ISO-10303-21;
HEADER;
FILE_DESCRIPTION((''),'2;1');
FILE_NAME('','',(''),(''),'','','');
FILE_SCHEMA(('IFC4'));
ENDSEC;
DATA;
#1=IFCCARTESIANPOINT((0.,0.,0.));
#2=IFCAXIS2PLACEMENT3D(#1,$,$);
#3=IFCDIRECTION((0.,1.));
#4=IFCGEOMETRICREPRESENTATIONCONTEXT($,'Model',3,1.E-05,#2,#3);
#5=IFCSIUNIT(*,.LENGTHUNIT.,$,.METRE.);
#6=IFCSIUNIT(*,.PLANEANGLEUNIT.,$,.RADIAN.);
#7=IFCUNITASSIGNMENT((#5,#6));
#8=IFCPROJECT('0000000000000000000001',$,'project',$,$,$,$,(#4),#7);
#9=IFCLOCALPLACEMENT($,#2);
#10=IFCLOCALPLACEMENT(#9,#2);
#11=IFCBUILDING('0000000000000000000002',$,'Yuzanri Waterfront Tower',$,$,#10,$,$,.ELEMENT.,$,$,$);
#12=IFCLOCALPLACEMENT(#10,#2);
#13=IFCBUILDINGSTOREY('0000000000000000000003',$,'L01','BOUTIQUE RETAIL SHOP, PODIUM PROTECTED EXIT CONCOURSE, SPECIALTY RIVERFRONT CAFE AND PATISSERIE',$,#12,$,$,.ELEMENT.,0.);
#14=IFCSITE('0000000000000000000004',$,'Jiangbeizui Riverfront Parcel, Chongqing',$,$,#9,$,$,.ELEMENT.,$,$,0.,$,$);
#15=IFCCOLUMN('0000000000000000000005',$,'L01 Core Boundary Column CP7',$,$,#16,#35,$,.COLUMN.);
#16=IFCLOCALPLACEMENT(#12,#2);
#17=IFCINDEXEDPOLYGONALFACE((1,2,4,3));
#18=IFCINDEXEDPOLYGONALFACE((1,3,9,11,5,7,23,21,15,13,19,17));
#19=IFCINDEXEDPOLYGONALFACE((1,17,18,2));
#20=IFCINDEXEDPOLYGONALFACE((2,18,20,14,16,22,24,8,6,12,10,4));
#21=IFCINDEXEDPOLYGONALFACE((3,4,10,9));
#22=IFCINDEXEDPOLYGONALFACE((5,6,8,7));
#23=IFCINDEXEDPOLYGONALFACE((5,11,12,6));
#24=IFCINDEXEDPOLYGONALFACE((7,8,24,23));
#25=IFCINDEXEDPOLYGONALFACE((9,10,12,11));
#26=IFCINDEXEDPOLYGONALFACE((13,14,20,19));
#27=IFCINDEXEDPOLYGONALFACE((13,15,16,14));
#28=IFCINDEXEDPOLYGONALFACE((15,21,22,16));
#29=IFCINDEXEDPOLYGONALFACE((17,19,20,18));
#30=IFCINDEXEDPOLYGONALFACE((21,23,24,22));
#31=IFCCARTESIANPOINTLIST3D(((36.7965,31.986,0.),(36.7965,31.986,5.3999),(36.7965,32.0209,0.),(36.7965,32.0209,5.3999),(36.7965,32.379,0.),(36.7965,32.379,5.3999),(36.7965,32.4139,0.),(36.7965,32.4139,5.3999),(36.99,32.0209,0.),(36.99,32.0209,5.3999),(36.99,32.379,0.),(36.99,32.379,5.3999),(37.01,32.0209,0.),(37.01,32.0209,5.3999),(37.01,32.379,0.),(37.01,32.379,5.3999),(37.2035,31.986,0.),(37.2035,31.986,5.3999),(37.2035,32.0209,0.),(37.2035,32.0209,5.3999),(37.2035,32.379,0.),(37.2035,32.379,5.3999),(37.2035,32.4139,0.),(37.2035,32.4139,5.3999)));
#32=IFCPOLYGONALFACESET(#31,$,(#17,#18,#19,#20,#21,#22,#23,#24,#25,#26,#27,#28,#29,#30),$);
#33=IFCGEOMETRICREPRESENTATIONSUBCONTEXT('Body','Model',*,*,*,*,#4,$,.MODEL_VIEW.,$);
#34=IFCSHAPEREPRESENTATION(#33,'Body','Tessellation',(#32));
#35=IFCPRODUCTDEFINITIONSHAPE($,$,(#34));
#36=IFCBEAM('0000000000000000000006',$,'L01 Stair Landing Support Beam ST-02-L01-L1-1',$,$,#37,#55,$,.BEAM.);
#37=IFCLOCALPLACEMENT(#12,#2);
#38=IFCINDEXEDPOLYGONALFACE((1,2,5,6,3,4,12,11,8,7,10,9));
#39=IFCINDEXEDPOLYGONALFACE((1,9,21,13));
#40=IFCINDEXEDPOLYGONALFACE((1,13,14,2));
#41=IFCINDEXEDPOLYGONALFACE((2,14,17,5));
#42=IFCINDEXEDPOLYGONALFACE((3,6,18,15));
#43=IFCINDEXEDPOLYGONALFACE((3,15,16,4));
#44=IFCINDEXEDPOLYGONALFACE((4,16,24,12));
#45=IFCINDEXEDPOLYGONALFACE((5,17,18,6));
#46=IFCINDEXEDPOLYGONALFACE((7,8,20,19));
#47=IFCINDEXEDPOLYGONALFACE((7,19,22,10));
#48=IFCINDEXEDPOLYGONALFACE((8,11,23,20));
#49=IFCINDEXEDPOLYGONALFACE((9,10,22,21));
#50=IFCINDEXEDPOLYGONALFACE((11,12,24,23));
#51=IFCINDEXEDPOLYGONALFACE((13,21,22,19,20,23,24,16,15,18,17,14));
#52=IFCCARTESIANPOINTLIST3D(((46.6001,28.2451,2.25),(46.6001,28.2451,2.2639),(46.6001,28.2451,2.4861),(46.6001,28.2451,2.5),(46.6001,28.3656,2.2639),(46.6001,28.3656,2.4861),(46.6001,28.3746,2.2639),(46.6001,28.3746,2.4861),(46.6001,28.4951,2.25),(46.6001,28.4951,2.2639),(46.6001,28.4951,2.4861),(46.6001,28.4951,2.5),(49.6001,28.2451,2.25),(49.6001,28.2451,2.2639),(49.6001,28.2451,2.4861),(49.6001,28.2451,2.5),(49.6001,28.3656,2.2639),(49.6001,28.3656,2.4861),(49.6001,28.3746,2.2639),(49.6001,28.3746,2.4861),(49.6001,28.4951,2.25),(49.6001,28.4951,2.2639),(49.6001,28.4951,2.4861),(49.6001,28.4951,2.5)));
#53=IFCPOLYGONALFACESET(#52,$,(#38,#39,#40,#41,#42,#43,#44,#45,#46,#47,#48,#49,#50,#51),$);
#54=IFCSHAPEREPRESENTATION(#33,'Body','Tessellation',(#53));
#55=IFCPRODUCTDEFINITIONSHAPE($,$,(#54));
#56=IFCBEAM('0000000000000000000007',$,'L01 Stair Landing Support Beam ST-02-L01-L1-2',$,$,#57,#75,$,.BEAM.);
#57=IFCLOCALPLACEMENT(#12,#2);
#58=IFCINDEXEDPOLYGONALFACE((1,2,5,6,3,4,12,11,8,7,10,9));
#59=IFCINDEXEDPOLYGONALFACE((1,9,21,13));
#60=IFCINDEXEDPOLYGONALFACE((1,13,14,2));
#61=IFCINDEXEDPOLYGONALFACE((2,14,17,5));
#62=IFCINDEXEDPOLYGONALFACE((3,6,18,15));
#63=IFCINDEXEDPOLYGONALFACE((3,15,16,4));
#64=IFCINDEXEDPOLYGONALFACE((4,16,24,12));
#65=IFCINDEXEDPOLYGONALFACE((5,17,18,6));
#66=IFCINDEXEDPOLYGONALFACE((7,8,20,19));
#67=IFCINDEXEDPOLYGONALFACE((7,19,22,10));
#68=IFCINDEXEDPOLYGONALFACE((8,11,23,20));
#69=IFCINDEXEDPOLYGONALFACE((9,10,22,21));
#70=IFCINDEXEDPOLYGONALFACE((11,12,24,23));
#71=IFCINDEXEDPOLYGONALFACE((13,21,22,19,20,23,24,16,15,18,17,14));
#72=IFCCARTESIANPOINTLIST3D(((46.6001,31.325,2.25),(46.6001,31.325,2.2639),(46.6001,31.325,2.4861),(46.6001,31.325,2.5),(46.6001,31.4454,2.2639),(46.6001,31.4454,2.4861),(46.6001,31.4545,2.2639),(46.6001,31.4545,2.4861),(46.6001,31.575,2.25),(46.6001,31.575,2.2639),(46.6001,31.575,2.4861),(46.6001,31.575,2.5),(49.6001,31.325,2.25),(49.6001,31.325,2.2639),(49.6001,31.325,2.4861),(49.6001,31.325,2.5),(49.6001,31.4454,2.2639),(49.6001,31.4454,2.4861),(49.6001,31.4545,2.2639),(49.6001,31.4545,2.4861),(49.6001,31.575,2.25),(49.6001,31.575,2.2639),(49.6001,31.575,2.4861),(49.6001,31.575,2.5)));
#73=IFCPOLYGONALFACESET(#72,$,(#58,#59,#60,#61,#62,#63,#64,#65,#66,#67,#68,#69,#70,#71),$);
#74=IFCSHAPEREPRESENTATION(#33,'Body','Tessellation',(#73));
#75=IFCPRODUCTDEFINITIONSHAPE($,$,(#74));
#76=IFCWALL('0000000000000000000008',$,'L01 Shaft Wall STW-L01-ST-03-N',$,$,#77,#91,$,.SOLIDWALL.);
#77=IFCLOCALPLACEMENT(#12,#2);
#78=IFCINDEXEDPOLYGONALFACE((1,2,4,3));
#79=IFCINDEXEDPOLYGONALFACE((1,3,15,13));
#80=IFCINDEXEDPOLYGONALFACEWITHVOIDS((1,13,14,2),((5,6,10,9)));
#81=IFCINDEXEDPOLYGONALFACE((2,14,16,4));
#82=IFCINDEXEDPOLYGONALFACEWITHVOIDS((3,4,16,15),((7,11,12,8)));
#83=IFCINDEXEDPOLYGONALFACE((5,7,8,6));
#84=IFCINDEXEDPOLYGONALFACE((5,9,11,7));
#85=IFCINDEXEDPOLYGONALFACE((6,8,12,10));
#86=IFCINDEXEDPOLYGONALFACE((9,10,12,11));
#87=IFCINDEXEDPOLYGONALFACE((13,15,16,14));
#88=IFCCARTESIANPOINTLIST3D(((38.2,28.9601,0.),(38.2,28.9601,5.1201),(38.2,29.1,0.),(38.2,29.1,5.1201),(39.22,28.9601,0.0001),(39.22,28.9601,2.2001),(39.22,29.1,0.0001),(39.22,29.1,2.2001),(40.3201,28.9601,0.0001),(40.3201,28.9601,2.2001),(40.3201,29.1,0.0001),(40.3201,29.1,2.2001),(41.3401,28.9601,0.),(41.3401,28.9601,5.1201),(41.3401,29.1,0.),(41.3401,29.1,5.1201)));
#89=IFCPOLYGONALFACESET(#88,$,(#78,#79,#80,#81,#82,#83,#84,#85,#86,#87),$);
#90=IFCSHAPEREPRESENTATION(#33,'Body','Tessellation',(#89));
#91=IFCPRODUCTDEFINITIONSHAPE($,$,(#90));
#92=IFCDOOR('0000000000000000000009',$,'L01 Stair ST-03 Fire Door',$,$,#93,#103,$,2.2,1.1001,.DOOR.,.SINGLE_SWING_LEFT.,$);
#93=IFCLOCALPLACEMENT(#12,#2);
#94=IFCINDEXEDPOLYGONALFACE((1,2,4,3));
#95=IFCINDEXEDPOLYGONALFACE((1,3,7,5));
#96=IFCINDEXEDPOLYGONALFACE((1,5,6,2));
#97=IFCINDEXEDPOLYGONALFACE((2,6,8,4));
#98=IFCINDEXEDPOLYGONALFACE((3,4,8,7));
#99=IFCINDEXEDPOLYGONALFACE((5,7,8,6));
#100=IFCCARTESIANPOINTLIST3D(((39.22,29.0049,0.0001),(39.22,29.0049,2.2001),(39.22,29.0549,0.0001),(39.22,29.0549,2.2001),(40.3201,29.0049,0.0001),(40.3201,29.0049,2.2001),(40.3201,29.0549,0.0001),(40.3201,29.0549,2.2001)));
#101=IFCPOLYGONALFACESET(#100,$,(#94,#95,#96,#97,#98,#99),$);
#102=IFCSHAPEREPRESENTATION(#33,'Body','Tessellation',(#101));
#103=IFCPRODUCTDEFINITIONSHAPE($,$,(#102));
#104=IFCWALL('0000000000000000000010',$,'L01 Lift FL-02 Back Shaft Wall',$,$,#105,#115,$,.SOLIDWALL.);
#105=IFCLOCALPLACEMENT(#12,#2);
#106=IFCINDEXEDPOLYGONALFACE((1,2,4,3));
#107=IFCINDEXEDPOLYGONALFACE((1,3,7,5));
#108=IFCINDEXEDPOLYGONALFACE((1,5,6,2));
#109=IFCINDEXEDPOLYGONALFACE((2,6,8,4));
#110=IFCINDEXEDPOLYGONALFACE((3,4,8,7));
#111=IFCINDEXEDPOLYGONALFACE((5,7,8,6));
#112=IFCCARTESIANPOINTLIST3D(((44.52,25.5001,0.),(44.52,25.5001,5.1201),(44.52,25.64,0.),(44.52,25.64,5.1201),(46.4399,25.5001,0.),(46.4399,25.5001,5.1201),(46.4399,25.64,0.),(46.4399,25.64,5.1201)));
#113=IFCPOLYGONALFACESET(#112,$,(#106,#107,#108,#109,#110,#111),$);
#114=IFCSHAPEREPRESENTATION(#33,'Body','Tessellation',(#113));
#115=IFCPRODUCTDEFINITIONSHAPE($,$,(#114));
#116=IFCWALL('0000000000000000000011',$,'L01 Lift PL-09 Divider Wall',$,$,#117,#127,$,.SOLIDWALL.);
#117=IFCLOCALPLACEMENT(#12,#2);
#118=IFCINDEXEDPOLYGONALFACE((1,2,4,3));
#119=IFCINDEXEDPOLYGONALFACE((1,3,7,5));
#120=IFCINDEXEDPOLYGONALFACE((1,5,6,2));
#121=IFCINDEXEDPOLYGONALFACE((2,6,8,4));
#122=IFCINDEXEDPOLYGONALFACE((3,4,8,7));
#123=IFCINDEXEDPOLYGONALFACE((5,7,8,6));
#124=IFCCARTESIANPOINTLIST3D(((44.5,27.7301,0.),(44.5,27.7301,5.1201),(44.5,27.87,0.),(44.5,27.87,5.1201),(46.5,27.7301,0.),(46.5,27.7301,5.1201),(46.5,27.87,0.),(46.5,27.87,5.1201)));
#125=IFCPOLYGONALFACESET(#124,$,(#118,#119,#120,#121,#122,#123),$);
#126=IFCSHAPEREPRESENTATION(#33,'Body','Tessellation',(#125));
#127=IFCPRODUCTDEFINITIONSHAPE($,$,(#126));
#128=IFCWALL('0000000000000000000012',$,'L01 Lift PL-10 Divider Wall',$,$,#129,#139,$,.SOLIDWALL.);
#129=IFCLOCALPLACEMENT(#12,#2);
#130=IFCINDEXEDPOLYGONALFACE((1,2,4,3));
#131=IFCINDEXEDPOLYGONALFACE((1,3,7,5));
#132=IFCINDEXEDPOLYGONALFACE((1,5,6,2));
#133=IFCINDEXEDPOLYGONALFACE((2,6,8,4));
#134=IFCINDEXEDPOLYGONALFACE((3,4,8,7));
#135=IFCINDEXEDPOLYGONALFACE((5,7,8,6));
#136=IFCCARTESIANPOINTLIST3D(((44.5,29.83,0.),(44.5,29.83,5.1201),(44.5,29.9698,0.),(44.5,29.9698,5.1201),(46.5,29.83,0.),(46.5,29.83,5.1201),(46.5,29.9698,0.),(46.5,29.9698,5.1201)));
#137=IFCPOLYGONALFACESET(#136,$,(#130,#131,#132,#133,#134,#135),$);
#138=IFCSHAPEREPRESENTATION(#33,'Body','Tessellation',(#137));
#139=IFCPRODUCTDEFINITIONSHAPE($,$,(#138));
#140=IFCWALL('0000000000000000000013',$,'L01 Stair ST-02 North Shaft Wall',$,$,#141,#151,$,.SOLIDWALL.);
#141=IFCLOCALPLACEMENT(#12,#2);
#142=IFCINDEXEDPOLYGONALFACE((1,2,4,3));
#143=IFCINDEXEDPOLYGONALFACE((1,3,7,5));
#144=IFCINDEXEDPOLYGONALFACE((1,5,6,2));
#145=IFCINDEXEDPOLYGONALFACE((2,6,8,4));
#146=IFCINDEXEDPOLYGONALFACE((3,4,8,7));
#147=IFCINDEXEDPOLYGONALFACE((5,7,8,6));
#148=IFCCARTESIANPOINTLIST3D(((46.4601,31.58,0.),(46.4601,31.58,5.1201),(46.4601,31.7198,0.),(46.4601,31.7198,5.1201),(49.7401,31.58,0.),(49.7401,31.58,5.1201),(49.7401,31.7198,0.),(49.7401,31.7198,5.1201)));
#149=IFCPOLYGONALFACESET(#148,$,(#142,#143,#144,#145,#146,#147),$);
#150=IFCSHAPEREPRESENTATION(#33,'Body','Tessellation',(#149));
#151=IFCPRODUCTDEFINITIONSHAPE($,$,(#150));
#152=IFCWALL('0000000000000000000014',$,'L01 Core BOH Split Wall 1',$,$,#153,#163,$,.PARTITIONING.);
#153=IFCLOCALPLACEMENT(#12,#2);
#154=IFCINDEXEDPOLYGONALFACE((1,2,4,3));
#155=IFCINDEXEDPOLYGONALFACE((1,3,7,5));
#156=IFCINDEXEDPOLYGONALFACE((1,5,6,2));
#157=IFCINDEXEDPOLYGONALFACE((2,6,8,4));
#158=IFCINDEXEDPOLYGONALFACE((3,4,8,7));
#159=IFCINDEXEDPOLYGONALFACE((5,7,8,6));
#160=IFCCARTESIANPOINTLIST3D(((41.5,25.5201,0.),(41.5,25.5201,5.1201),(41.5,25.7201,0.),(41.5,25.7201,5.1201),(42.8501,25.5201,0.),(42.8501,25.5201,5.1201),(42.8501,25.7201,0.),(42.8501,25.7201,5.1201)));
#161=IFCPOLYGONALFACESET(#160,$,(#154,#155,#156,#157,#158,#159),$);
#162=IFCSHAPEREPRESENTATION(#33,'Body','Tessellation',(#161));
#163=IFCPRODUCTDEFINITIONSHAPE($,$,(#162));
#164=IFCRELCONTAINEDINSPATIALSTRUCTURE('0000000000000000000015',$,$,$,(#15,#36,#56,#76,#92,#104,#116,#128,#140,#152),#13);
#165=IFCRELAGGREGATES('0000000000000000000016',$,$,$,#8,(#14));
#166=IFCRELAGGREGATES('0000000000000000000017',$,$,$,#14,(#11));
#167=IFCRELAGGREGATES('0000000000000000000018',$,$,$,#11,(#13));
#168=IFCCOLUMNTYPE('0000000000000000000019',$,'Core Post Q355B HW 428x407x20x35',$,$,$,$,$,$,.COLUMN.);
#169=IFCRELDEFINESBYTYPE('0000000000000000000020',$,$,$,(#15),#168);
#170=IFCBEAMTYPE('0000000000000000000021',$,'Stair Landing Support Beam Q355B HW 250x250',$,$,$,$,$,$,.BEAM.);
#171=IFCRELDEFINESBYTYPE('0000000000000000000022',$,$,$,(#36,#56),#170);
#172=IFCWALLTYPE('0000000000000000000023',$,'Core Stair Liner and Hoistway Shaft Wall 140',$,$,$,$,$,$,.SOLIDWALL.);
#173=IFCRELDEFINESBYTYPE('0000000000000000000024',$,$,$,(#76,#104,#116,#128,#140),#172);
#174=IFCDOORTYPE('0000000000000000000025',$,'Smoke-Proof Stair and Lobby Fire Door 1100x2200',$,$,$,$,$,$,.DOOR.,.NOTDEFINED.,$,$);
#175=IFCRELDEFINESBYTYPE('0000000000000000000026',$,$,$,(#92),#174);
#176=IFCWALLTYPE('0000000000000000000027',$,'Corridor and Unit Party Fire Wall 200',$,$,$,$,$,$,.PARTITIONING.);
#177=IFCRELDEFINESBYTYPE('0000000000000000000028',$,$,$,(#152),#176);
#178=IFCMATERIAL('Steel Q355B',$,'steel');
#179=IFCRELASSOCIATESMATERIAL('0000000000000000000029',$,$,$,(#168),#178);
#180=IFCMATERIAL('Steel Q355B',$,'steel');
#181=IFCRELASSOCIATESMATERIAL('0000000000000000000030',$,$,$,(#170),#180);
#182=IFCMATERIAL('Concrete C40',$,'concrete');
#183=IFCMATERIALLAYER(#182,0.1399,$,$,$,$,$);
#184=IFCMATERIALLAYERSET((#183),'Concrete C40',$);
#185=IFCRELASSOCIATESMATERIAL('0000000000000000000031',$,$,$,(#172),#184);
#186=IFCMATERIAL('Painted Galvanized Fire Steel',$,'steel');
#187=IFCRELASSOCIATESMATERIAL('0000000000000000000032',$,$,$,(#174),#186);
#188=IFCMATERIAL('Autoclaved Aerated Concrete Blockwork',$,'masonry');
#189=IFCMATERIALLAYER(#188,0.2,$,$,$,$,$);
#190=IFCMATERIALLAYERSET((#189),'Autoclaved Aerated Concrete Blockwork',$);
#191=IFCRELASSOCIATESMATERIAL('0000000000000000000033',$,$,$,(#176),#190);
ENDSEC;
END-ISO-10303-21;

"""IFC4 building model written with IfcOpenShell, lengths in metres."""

from ifc_helpers import new_model, si_unit, direction, frame, frame_2d, origin, origin_2d, place, context, subcontext, project, spatial, rectangle, i_section, extrude, source, transform, mapped, material, layer, layer_set, material_profile, profile_set, type_object, element, fill, save


model = new_model("IFC4")

# Units and contexts
model_context = context("Model", 3, precision=1e-05, world=origin(), true_north=direction((0.0, 1.0)))
body_context = subcontext(model_context, "Body", "Model", "MODEL_VIEW")
ifc_project = project(units=[si_unit("LENGTHUNIT", "METRE"), si_unit("PLANEANGLEUNIT", "RADIAN")], contexts=[model_context])

# Site, building, storey
site_placement = place(None, origin())
site = spatial("IfcSite", under=ifc_project, at=site_placement, Name="Jiangbeizui Riverfront Parcel, Chongqing", CompositionType="ELEMENT", RefElevation=0.0)
building_placement = place(site_placement, origin())
building = spatial("IfcBuilding", under=site, at=building_placement, Name="Yuzanri Waterfront Tower", CompositionType="ELEMENT")
storey_placement = place(building_placement, origin())
storey = spatial("IfcBuildingStorey", under=building, at=storey_placement, Name="L01", Description="BOUTIQUE RETAIL SHOP, PODIUM PROTECTED EXIT CONCOURSE, SPECIALTY RIVERFRONT CAFE AND PATISSERIE", CompositionType="ELEMENT", Elevation=0.0)

# Column
ifc_material_1 = material(Name="Steel Q355B", Category="steel")
ifc_material_profile_1 = material_profile(ifc_material_1, i_section(OverallWidth=0.407, OverallDepth=0.428, WebThickness=0.02, FlangeThickness=0.0349, at=origin_2d()), Name="HW 428x407x20x35")
ifc_profile_set_1 = profile_set([ifc_material_profile_1], Name="Steel Q355B")
column_type = type_object("IfcColumnType", Name="Core Post Q355B HW 428x407x20x35", PredefinedType="COLUMN", material=ifc_profile_set_1)
shared_shape_1 = source(origin(), body_context, "Body", "SweptSolid", [
    extrude(i_section(OverallWidth=0.407, OverallDepth=0.428, WebThickness=0.02, FlangeThickness=0.0349, at=origin_2d()), origin(), (0.0, 0.0, 1.0), 5.3999),
])
column_placement = place(storey_placement, frame((37.0, 32.2, 0.0), z_axis=(0.0, 0.0, 1.0), x_axis=(1.0, 0.0, 0.0)))
element("IfcColumn", 1, at=column_placement, inside=storey, type_object=column_type, Name="L01 Core Boundary Column CP7", PredefinedType="COLUMN", context=body_context, shape_type="MappedRepresentation", body=[
    mapped(shared_shape_1, transform((0.0, 0.0, 0.0), scale=1.0)),
])

# Beams
ifc_material_2 = material(Name="Steel Q355B", Category="steel")
ifc_material_profile_2 = material_profile(ifc_material_2, i_section(OverallWidth=0.25, OverallDepth=0.25, WebThickness=0.009, FlangeThickness=0.0139, at=origin_2d()), Name="HW 250x250x9x14")
ifc_profile_set_2 = profile_set([ifc_material_profile_2], Name="Steel Q355B")
beam_type = type_object("IfcBeamType", Name="Stair Landing Support Beam Q355B HW 250x250", PredefinedType="BEAM", material=ifc_profile_set_2)
shared_shape_2 = source(origin(), body_context, "Body", "SweptSolid", [
    extrude(i_section(OverallWidth=0.25, OverallDepth=0.25, WebThickness=0.009, FlangeThickness=0.0139, at=origin_2d()), origin(), (0.0, 0.0, 1.0), 3.0),
])
for number, where, z_axis, x_axis, name in (
    (2, (46.6001, 28.3701, 2.375), (1.0, 0.0, 0.0), (0.0, 1.0, 0.0), "L01 Stair Landing Support Beam ST-02-L01-L1-1"),
    (3, (46.6001, 31.45, 2.375), (1.0, 0.0, 0.0), (0.0, 1.0, 0.0), "L01 Stair Landing Support Beam ST-02-L01-L1-2"),
):
    element("IfcBeam", number, at=place(storey_placement, frame(where, z_axis=z_axis, x_axis=x_axis)), inside=storey, type_object=beam_type, Name=name, PredefinedType="BEAM", context=body_context, shape_type="MappedRepresentation", body=[
        mapped(shared_shape_2, transform((0.0, 0.0, 0.0), scale=1.0)),
    ])

# Wall, opening, door
ifc_material_3 = material(Name="Concrete C40", Category="concrete")
ifc_layer_1 = layer(ifc_material_3, 0.1399)
ifc_layer_set_1 = layer_set([ifc_layer_1], Name="Concrete C40")
wall_type_1 = type_object("IfcWallType", Name="Core Stair Liner and Hoistway Shaft Wall 140", PredefinedType="SOLIDWALL", material=ifc_layer_set_1)
wall_1_placement = place(storey_placement, frame((38.2, 29.03, 0.0), z_axis=(0.0, 0.0, 1.0), x_axis=(1.0, 0.0, 0.0)))
wall_1 = element("IfcWall", 4, at=wall_1_placement, inside=storey, type_object=wall_type_1, Name="L01 Shaft Wall STW-L01-ST-03-N", PredefinedType="SOLIDWALL", context=body_context, shape_type="SweptSolid", body=[
    extrude(rectangle(XDim=3.1401, YDim=0.1399, at=frame_2d((1.5701, 0.0))), origin(), (0.0, 0.0, 1.0), 5.1201),
])
opening_placement = place(wall_1_placement, frame((1.02, 0.0, 0.0)))
opening = element("IfcOpeningElement", 5, at=opening_placement, cuts=wall_1, PredefinedType="OPENING", context=body_context, shape_type="SweptSolid", body=[
    extrude(rectangle(XDim=1.1001, YDim=2.2, at=frame_2d((0.55, 1.1001))), frame((0.0, 0.085, 0.0), z_axis=(0.0, -1.0, 0.0), x_axis=(1.0, 0.0, 0.0)), (0.0, 0.0, 1.0), 0.1697),
])
ifc_material_4 = material(Name="Painted Galvanized Fire Steel", Category="steel")
door_type = type_object("IfcDoorType", Name="Smoke-Proof Stair and Lobby Fire Door 1100x2200", OperationType="NOTDEFINED", PredefinedType="DOOR", material=ifc_material_4)
shared_shape_3 = source(origin(), body_context, "Body", "SweptSolid", [
    extrude(rectangle(XDim=1.1001, YDim=2.2, at=frame_2d((0.55, 1.1001))), frame((0.0, 0.0249, 0.0), z_axis=(0.0, -1.0, 0.0), x_axis=(1.0, 0.0, 0.0)), (0.0, 0.0, 1.0), 0.05),
])
door_placement = place(opening_placement, origin())
door = element("IfcDoor", 6, at=door_placement, inside=storey, type_object=door_type, Name="L01 Stair ST-03 Fire Door", OperationType="SINGLE_SWING_LEFT", OverallHeight=2.2, OverallWidth=1.1001, PredefinedType="DOOR", context=body_context, shape_type="MappedRepresentation", body=[
    mapped(shared_shape_3, transform((0.0, 0.0, 0.0), scale=1.0)),
])
fill(opening, door)

# Walls
shared_shape_4 = source(origin(), body_context, "Body", "SweptSolid", [
    extrude(rectangle(XDim=1.9199, YDim=0.1399, at=frame_2d((0.96, 0.0))), origin(), (0.0, 0.0, 1.0), 5.1201),
])
wall_2_placement = place(storey_placement, frame((44.52, 25.5701, 0.0), z_axis=(0.0, 0.0, 1.0), x_axis=(1.0, 0.0, 0.0)))
element("IfcWall", 7, at=wall_2_placement, inside=storey, type_object=wall_type_1, Name="L01 Lift FL-02 Back Shaft Wall", PredefinedType="SOLIDWALL", context=body_context, shape_type="MappedRepresentation", body=[
    mapped(shared_shape_4, transform((0.0, 0.0, 0.0), scale=1.0)),
])
shared_shape_5 = source(origin(), body_context, "Body", "SweptSolid", [
    extrude(rectangle(XDim=2.0, YDim=0.1399, at=frame_2d((1.0, 0.0))), origin(), (0.0, 0.0, 1.0), 5.1201),
])
for number, where, z_axis, x_axis, name in (
    (8, (44.5, 27.8, 0.0), (0.0, 0.0, 1.0), (1.0, 0.0, 0.0), "L01 Lift PL-09 Divider Wall"),
    (9, (44.5, 29.8999, 0.0), (0.0, 0.0, 1.0), (1.0, 0.0, 0.0), "L01 Lift PL-10 Divider Wall"),
):
    element("IfcWall", number, at=place(storey_placement, frame(where, z_axis=z_axis, x_axis=x_axis)), inside=storey, type_object=wall_type_1, Name=name, PredefinedType="SOLIDWALL", context=body_context, shape_type="MappedRepresentation", body=[
        mapped(shared_shape_5, transform((0.0, 0.0, 0.0), scale=1.0)),
    ])
shared_shape_6 = source(origin(), body_context, "Body", "SweptSolid", [
    extrude(rectangle(XDim=3.28, YDim=0.1399, at=frame_2d((1.6401, 0.0))), origin(), (0.0, 0.0, 1.0), 5.1201),
])
wall_3_placement = place(storey_placement, frame((46.46, 31.6499, 0.0), z_axis=(0.0, 0.0, 1.0), x_axis=(1.0, 0.0, 0.0)))
element("IfcWall", 10, at=wall_3_placement, inside=storey, type_object=wall_type_1, Name="L01 Stair ST-02 North Shaft Wall", PredefinedType="SOLIDWALL", context=body_context, shape_type="MappedRepresentation", body=[
    mapped(shared_shape_6, transform((0.0, 0.0, 0.0), scale=1.0)),
])
ifc_material_5 = material(Name="Autoclaved Aerated Concrete Blockwork", Category="masonry")
ifc_layer_2 = layer(ifc_material_5, 0.2)
ifc_layer_set_2 = layer_set([ifc_layer_2], Name="Autoclaved Aerated Concrete Blockwork")
wall_type_2 = type_object("IfcWallType", Name="Corridor and Unit Party Fire Wall 200", PredefinedType="PARTITIONING", material=ifc_layer_set_2)
shared_shape_7 = source(origin(), body_context, "Body", "SweptSolid", [
    extrude(rectangle(XDim=1.3501, YDim=0.2, at=frame_2d((0.675, 0.0))), origin(), (0.0, 0.0, 1.0), 5.1201),
])
wall_4_placement = place(storey_placement, frame((41.5, 25.6201, 0.0), z_axis=(0.0, 0.0, 1.0), x_axis=(1.0, 0.0, 0.0)))
element("IfcWall", 11, at=wall_4_placement, inside=storey, type_object=wall_type_2, Name="L01 Core BOH Split Wall 1", PredefinedType="PARTITIONING", context=body_context, shape_type="MappedRepresentation", body=[
    mapped(shared_shape_7, transform((0.0, 0.0, 0.0), scale=1.0)),
])

save(model, "model.ifc")
